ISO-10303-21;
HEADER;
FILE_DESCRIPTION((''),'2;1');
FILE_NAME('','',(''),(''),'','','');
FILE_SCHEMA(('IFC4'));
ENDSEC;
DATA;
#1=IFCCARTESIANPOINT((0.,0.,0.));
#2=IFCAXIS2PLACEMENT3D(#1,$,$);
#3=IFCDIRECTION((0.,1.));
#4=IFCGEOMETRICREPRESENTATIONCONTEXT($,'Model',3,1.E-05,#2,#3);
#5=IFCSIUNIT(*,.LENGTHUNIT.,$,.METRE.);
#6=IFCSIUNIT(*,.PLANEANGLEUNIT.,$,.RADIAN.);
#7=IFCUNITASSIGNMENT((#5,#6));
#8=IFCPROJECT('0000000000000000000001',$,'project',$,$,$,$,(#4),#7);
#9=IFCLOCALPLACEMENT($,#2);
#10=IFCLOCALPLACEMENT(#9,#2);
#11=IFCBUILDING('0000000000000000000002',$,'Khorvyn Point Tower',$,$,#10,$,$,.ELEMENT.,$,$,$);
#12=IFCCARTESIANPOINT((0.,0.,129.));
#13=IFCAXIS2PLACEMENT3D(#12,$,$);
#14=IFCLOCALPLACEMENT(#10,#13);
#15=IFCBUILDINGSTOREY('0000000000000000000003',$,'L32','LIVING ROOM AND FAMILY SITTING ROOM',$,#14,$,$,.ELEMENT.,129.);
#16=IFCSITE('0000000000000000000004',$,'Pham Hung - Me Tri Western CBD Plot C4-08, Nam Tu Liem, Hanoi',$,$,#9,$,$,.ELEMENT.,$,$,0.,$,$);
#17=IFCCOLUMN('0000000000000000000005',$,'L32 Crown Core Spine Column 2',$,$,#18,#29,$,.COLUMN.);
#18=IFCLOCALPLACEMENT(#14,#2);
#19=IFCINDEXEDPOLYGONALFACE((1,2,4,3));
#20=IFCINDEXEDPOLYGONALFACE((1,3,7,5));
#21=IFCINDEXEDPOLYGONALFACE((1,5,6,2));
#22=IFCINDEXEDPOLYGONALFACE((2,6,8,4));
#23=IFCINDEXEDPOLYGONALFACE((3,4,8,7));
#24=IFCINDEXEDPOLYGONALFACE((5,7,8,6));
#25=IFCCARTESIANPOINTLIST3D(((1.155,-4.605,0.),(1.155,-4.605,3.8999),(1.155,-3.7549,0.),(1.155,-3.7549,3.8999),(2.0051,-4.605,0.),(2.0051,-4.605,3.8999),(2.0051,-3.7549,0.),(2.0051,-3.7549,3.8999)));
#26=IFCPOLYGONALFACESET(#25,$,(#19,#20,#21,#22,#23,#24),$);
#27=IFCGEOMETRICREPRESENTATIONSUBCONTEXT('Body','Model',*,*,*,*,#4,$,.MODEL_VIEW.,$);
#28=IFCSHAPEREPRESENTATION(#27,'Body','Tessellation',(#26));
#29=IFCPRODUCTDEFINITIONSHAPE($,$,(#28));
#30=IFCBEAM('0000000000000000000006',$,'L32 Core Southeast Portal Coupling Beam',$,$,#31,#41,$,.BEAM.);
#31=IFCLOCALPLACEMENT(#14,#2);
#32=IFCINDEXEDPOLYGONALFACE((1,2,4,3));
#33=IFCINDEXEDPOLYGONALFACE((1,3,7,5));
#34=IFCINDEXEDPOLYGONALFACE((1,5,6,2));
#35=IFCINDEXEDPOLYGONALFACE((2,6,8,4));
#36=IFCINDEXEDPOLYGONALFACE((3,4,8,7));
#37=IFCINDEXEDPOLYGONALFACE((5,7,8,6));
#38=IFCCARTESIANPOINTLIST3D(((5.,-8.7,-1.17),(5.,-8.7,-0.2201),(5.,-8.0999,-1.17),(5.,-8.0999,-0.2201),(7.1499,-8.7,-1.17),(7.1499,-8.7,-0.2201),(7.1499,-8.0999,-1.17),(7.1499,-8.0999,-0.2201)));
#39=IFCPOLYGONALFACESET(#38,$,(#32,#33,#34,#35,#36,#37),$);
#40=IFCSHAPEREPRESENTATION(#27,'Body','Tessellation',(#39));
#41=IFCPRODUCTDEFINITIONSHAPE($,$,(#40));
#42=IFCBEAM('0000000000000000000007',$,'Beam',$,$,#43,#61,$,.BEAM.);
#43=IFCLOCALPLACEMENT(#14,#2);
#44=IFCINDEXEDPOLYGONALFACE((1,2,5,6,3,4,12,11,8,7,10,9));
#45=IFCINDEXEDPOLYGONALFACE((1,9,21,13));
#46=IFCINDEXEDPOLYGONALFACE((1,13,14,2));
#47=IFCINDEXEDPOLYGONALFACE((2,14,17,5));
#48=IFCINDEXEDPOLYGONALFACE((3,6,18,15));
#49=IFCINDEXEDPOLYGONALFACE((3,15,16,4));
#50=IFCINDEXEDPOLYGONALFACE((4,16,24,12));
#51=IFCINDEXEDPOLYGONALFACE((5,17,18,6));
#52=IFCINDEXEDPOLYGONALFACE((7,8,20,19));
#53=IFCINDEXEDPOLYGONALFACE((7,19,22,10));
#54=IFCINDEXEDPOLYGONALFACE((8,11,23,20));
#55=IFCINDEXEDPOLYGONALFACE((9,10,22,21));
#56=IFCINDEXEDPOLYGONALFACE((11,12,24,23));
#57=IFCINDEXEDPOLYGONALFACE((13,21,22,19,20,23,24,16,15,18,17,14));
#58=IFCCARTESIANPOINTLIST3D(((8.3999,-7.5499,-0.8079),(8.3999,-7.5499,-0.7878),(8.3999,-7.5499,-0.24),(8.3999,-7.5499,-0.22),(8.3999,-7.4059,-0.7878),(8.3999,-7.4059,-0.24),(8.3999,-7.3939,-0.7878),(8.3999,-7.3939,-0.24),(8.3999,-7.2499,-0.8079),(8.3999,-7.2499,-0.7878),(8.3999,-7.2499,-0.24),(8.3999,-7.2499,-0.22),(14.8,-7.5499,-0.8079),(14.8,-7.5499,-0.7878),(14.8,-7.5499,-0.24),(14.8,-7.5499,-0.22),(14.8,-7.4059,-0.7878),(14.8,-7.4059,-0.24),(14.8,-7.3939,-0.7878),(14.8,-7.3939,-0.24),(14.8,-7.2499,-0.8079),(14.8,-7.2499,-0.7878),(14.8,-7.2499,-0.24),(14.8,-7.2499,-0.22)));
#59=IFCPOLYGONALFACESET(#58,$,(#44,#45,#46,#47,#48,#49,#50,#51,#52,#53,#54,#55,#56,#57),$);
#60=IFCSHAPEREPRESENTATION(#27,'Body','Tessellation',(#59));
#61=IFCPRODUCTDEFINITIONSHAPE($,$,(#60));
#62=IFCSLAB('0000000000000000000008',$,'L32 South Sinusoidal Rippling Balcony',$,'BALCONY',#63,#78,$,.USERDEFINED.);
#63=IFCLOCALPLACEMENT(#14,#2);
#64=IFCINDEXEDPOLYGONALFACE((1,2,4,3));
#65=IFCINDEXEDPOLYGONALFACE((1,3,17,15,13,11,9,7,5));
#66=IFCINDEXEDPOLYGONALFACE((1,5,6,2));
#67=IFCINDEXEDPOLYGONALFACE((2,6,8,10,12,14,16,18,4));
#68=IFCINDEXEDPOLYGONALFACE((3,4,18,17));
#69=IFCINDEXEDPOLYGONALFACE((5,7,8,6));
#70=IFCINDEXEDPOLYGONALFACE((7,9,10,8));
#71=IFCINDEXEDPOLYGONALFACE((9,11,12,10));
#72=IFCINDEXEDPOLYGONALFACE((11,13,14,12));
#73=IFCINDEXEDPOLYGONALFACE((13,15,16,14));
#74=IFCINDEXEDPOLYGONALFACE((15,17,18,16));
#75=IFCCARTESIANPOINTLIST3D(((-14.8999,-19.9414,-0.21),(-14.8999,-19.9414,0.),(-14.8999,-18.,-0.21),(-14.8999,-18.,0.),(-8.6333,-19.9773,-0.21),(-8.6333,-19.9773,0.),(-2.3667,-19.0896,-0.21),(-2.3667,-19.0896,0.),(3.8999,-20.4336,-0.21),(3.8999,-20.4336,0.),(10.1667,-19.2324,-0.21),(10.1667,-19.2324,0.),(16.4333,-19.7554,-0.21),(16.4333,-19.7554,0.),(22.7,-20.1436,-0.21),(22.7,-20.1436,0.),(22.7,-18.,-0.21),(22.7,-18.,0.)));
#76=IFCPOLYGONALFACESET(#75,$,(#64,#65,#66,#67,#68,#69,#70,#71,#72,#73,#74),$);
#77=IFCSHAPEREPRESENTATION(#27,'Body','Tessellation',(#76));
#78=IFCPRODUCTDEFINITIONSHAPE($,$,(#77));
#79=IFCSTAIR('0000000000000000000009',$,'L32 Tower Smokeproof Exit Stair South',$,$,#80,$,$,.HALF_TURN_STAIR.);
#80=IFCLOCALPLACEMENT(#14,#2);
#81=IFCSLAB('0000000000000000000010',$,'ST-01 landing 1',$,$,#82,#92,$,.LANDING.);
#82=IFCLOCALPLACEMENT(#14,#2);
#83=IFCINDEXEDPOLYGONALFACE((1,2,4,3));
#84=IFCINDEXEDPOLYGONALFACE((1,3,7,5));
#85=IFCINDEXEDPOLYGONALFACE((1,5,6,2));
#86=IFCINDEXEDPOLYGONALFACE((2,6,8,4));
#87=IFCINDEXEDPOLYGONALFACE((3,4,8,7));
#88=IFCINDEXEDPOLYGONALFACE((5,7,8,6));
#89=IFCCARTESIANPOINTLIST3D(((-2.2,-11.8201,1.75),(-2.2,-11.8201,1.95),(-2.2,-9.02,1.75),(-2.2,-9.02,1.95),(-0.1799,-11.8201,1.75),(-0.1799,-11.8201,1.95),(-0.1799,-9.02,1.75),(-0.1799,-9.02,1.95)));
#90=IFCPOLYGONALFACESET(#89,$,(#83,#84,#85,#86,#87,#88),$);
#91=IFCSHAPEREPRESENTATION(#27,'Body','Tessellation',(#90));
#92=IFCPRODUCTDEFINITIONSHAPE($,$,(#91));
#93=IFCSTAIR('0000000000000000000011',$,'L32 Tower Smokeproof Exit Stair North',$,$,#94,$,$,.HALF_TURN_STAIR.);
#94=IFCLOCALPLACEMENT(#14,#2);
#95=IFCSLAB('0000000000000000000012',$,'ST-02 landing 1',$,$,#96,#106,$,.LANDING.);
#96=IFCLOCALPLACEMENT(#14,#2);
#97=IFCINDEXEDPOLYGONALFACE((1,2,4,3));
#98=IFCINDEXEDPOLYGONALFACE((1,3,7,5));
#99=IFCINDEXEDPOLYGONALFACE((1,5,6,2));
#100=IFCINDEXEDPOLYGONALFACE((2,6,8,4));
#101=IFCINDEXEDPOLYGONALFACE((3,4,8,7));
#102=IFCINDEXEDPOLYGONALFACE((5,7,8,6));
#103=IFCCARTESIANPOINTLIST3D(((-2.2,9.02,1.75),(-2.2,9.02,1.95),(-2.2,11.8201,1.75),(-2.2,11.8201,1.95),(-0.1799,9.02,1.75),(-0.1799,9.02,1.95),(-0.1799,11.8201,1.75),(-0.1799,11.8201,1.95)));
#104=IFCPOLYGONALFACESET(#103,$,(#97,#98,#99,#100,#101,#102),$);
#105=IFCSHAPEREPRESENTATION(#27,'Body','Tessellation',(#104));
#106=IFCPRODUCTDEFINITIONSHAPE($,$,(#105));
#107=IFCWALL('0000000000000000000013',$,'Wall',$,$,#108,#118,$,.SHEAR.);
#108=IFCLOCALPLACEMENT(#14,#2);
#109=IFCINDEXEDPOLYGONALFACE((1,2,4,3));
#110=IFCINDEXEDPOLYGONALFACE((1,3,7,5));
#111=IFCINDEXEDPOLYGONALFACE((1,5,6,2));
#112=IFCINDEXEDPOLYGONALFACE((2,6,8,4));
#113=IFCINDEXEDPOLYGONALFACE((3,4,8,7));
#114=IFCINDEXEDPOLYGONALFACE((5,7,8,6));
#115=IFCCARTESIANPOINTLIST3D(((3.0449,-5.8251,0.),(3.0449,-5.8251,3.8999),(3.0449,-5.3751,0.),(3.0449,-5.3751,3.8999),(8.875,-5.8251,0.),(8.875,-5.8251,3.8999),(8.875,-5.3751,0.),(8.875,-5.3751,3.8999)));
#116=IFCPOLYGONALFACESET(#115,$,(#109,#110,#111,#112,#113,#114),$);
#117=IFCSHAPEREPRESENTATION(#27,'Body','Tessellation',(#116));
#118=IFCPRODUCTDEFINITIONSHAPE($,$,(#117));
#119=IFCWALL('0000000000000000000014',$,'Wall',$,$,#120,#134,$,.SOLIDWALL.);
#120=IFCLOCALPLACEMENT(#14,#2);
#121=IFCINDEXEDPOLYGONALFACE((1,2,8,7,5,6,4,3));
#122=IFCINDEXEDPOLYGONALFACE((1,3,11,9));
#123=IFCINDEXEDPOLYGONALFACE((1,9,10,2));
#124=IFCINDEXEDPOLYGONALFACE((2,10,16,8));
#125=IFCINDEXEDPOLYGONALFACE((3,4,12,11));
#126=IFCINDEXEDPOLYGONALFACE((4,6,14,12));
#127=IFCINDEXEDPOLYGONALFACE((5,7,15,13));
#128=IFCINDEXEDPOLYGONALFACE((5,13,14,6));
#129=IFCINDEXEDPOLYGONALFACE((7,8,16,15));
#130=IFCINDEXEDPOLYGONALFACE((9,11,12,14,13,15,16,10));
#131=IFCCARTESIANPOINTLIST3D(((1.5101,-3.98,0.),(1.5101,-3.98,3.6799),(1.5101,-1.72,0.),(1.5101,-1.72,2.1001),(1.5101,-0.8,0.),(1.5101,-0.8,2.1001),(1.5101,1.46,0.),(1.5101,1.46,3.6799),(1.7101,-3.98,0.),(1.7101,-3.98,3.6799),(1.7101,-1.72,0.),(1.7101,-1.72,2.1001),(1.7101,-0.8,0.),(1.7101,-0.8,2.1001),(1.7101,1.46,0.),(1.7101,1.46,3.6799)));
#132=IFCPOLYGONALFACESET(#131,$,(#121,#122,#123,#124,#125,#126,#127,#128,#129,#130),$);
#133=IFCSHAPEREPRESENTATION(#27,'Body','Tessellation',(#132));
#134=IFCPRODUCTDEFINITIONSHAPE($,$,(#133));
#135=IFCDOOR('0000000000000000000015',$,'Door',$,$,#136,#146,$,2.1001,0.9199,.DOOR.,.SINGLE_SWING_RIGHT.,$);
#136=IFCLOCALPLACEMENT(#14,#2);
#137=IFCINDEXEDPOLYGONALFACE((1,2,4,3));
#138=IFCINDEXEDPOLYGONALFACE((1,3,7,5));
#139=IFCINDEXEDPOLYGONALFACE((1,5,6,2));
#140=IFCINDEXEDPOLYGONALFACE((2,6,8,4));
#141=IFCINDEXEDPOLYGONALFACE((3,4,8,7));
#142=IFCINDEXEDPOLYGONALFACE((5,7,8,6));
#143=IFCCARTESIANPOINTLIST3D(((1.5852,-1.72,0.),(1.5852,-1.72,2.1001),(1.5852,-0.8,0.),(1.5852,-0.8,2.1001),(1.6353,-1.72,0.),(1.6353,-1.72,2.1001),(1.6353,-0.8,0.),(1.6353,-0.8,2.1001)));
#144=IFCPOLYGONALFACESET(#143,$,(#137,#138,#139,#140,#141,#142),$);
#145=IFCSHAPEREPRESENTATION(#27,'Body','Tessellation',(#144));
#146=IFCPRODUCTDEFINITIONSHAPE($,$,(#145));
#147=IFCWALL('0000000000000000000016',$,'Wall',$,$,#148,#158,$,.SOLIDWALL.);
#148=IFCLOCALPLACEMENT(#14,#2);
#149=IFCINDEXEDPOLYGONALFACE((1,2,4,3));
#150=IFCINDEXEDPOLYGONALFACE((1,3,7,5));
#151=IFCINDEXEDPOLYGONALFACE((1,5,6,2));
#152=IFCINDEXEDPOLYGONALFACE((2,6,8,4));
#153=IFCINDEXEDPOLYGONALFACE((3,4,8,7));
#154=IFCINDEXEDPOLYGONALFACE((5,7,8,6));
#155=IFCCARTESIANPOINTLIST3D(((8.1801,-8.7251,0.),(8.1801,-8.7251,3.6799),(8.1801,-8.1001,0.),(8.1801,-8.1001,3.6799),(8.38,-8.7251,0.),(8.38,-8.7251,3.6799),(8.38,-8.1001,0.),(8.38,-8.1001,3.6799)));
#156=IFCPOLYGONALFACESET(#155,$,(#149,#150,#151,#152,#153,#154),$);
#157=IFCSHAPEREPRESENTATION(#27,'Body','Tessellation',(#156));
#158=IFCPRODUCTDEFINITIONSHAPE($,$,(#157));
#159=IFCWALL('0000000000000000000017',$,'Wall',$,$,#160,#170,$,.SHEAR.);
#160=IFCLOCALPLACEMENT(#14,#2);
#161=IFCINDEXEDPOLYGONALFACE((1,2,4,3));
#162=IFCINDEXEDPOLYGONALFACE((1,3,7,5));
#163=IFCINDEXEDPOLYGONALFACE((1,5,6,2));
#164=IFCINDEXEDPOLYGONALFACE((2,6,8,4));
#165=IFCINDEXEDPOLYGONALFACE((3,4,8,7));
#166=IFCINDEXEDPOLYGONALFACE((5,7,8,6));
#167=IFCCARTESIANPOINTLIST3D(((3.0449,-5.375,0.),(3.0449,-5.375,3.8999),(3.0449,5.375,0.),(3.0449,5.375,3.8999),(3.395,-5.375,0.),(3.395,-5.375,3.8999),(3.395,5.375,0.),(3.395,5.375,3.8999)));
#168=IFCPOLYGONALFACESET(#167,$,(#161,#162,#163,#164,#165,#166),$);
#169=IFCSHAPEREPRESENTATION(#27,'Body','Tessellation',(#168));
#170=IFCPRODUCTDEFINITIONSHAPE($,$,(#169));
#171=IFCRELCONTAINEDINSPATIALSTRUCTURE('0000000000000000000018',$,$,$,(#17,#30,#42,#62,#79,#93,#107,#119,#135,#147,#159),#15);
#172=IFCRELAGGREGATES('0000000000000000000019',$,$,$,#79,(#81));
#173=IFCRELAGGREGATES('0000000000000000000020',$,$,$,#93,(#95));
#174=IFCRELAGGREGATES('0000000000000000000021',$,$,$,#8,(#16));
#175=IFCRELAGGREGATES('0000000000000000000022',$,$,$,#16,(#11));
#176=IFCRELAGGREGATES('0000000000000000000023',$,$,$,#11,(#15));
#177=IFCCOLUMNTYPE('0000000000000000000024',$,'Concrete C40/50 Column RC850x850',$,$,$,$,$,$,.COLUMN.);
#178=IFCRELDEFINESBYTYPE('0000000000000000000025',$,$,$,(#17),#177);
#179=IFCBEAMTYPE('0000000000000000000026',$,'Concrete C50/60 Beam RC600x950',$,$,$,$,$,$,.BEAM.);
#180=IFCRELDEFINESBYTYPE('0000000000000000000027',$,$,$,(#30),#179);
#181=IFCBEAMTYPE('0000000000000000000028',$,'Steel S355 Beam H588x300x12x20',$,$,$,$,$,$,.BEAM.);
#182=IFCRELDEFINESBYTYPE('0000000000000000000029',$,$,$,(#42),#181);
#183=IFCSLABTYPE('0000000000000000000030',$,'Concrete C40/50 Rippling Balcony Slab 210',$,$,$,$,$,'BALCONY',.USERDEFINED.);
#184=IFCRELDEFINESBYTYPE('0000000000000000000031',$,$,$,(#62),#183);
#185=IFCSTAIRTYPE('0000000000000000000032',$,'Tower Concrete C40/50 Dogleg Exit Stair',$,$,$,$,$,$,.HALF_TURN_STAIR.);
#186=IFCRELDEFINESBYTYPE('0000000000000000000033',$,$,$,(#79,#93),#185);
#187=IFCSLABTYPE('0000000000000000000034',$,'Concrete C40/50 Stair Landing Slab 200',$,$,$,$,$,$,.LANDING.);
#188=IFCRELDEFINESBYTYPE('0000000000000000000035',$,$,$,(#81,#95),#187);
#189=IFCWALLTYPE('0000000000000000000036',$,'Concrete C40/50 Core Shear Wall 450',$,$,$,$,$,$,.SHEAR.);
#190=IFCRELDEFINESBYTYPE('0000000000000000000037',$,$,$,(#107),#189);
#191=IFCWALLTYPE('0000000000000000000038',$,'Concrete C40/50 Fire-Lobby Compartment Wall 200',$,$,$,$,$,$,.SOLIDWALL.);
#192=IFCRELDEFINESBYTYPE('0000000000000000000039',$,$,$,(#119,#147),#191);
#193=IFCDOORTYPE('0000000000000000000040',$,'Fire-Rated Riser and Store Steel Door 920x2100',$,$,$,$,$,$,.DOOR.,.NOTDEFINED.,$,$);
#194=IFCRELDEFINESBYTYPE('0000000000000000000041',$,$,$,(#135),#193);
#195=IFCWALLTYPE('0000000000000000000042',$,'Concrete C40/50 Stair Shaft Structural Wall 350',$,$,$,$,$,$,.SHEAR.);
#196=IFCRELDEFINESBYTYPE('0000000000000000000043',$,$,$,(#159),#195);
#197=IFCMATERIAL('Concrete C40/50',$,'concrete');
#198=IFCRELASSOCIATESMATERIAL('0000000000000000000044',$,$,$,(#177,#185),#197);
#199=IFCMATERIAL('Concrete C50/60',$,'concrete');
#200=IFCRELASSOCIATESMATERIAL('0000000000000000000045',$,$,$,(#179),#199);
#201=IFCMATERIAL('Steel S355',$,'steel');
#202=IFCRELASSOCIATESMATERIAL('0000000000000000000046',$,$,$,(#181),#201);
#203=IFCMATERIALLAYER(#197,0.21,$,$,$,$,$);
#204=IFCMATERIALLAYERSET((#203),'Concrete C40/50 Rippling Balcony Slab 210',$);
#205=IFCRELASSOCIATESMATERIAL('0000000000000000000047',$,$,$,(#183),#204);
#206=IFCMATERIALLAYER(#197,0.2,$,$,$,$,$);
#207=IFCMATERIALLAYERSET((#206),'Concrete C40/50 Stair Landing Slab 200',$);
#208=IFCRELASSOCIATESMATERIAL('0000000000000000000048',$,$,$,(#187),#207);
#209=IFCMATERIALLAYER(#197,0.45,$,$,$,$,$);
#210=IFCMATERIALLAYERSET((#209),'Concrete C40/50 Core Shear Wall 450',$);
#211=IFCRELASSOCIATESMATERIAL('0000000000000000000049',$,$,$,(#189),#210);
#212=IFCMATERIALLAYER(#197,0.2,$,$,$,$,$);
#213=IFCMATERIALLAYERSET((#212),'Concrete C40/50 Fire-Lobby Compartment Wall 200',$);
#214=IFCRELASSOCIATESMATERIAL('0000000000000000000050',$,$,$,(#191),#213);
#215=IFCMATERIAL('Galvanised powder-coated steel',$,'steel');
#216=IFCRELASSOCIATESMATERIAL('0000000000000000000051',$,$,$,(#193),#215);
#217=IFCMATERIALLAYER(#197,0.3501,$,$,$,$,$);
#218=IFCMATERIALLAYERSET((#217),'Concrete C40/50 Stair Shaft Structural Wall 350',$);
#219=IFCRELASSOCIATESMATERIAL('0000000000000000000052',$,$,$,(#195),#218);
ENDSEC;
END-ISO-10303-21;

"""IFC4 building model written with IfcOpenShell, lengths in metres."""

from ifc_helpers import new_model, si_unit, direction, frame, frame_2d, origin, origin_2d, place, context, subcontext, project, spatial, polyline, rectangle, i_section, outline, extrude, material, layer, layer_set, material_profile, profile_set, type_object, element, fill, aggregate, save


model = new_model("IFC4")

# Units and contexts
model_context = context("Model", 3, precision=1e-05, world=origin(), true_north=direction((0.0, 1.0)))
body_context = subcontext(model_context, "Body", "Model", "MODEL_VIEW")
ifc_project = project(units=[si_unit("LENGTHUNIT", "METRE"), si_unit("PLANEANGLEUNIT", "RADIAN")], contexts=[model_context])

# Site, building, storey
site_placement = place(None, origin())
site = spatial("IfcSite", under=ifc_project, at=site_placement, Name="Pham Hung - Me Tri Western CBD Plot C4-08, Nam Tu Liem, Hanoi", CompositionType="ELEMENT", RefElevation=0.0)
building_placement = place(site_placement, origin())
building = spatial("IfcBuilding", under=site, at=building_placement, Name="Khorvyn Point Tower", CompositionType="ELEMENT")
storey_placement = place(building_placement, frame((0.0, 0.0, 129.0)))
storey = spatial("IfcBuildingStorey", under=building, at=storey_placement, Name="L32", Description="LIVING ROOM AND FAMILY SITTING ROOM", CompositionType="ELEMENT", Elevation=129.0)

# Column
ifc_material_1 = material(Name="Concrete C40/50", Category="concrete")
ifc_material_profile_1 = material_profile(ifc_material_1, rectangle(XDim=0.8501, YDim=0.8501, at=origin_2d()))
ifc_profile_set_1 = profile_set([ifc_material_profile_1], Name="Concrete C40/50 RC850x850")
column_type = type_object("IfcColumnType", Name="Concrete C40/50 Column RC850x850", PredefinedType="COLUMN", material=ifc_profile_set_1)
column_placement = place(storey_placement, frame((1.5801, -4.1799, 0.0), z_axis=(0.0, 0.0, 1.0), x_axis=(1.0, 0.0, 0.0)))
element("IfcColumn", 1, at=column_placement, inside=storey, type_object=column_type, Name="L32 Crown Core Spine Column 2", PredefinedType="COLUMN", context=body_context, shape_type="SweptSolid", body=[
    extrude(rectangle(XDim=0.8501, YDim=0.8501, at=origin_2d()), origin(), (0.0, 0.0, 1.0), 3.8999),
])

# Beams
ifc_material_2 = material(Name="Concrete C50/60", Category="concrete")
ifc_material_profile_2 = material_profile(ifc_material_2, rectangle(XDim=0.6001, YDim=0.95, at=origin_2d()))
ifc_profile_set_2 = profile_set([ifc_material_profile_2], Name="Concrete C50/60 RC600x950")
beam_type_1 = type_object("IfcBeamType", Name="Concrete C50/60 Beam RC600x950", PredefinedType="BEAM", material=ifc_profile_set_2)
beam_1_placement = place(storey_placement, frame((5.0, -8.3999, -0.6951), z_axis=(1.0, 0.0, 0.0), x_axis=(0.0, 1.0, 0.0)))
element("IfcBeam", 2, at=beam_1_placement, inside=storey, type_object=beam_type_1, Name="L32 Core Southeast Portal Coupling Beam", PredefinedType="BEAM", context=body_context, shape_type="SweptSolid", body=[
    extrude(rectangle(XDim=0.6001, YDim=0.95, at=origin_2d()), origin(), (0.0, 0.0, 1.0), 2.1499),
])
ifc_material_3 = material(Name="Steel S355", Category="steel")
ifc_material_profile_3 = material_profile(ifc_material_3, i_section(OverallWidth=0.3, OverallDepth=0.5879, WebThickness=0.012, FlangeThickness=0.02, at=origin_2d()))
ifc_profile_set_3 = profile_set([ifc_material_profile_3], Name="Steel S355 H588x300x12x20")
beam_type_2 = type_object("IfcBeamType", Name="Steel S355 Beam H588x300x12x20", PredefinedType="BEAM", material=ifc_profile_set_3)
beam_2_placement = place(storey_placement, frame((8.3999, -7.3999, -0.5139), z_axis=(1.0, 0.0, 0.0), x_axis=(0.0, 1.0, 0.0)))
element("IfcBeam", 3, at=beam_2_placement, inside=storey, type_object=beam_type_2, Name="Beam", PredefinedType="BEAM", context=body_context, shape_type="SweptSolid", body=[
    extrude(i_section(OverallWidth=0.3, OverallDepth=0.5879, WebThickness=0.012, FlangeThickness=0.02, at=origin_2d()), origin(), (0.0, 0.0, 1.0), 6.4001),
])

# Slab
ifc_layer_1 = layer(ifc_material_1, 0.21)
ifc_layer_set_1 = layer_set([ifc_layer_1], Name="Concrete C40/50 Rippling Balcony Slab 210")
slab_type_1 = type_object("IfcSlabType", Name="Concrete C40/50 Rippling Balcony Slab 210", ElementType="BALCONY", PredefinedType="USERDEFINED", material=ifc_layer_set_1)
slab_1_placement = place(storey_placement, frame((0.0, 0.0, -0.21)))
element("IfcSlab", 4, at=slab_1_placement, inside=storey, type_object=slab_type_1, Name="L32 South Sinusoidal Rippling Balcony", ObjectType="BALCONY", PredefinedType="USERDEFINED", context=body_context, shape_type="SweptSolid", body=[
    extrude(outline(polyline([(-14.8999, -18.0), (-14.8999, -19.9414), (-8.6333, -19.9773), (-2.3667, -19.0896), (3.8999, -20.4336), (10.1667, -19.2324), (16.4333, -19.7554), (22.7, -20.1436), (22.7, -18.0), (-14.8999, -18.0)])), origin(), (0.0, 0.0, 1.0), 0.21),
])

# Stairs, slabs
stair_type = type_object("IfcStairType", Name="Tower Concrete C40/50 Dogleg Exit Stair", PredefinedType="HALF_TURN_STAIR", material=ifc_material_1)
stair_1_placement = place(storey_placement, origin())
stair_1 = element("IfcStair", 5, at=stair_1_placement, inside=storey, type_object=stair_type, Name="L32 Tower Smokeproof Exit Stair South", PredefinedType="HALF_TURN_STAIR")
ifc_layer_2 = layer(ifc_material_1, 0.2)
ifc_layer_set_2 = layer_set([ifc_layer_2], Name="Concrete C40/50 Stair Landing Slab 200")
slab_type_2 = type_object("IfcSlabType", Name="Concrete C40/50 Stair Landing Slab 200", PredefinedType="LANDING", material=ifc_layer_set_2)
slab_2_placement = place(storey_placement, frame((0.0, 0.0, 1.75)))
slab_2 = element("IfcSlab", 6, at=slab_2_placement, type_object=slab_type_2, Name="ST-01 landing 1", PredefinedType="LANDING", context=body_context, shape_type="SweptSolid", body=[
    extrude(outline(polyline([(-0.1799, -9.02), (-2.2, -9.02), (-2.2, -11.8201), (-0.1799, -11.8201), (-0.1799, -9.02)])), origin(), (0.0, 0.0, 1.0), 0.2),
])
aggregate(stair_1, [slab_2])
stair_2_placement = place(storey_placement, origin())
stair_2 = element("IfcStair", 7, at=stair_2_placement, inside=storey, type_object=stair_type, Name="L32 Tower Smokeproof Exit Stair North", PredefinedType="HALF_TURN_STAIR")
slab_3_placement = place(storey_placement, frame((0.0, 0.0, 1.75)))
slab_3 = element("IfcSlab", 8, at=slab_3_placement, type_object=slab_type_2, Name="ST-02 landing 1", PredefinedType="LANDING", context=body_context, shape_type="SweptSolid", body=[
    extrude(outline(polyline([(-0.1799, 11.8201), (-2.2, 11.8201), (-2.2, 9.02), (-0.1799, 9.02), (-0.1799, 11.8201)])), origin(), (0.0, 0.0, 1.0), 0.2),
])
aggregate(stair_2, [slab_3])

# Wall
ifc_layer_3 = layer(ifc_material_1, 0.45)
ifc_layer_set_3 = layer_set([ifc_layer_3], Name="Concrete C40/50 Core Shear Wall 450")
wall_type_1 = type_object("IfcWallType", Name="Concrete C40/50 Core Shear Wall 450", PredefinedType="SHEAR", material=ifc_layer_set_3)
wall_1_placement = place(storey_placement, frame((3.0449, -5.6001, 0.0), z_axis=(0.0, 0.0, 1.0), x_axis=(1.0, 0.0, 0.0)))
element("IfcWall", 9, at=wall_1_placement, inside=storey, type_object=wall_type_1, Name="Wall", PredefinedType="SHEAR", context=body_context, shape_type="SweptSolid", body=[
    extrude(rectangle(XDim=5.8301, YDim=0.45, at=frame_2d((2.915, 0.0))), origin(), (0.0, 0.0, 1.0), 3.8999),
])

# Wall, opening, door
ifc_layer_4 = layer(ifc_material_1, 0.2)
ifc_layer_set_4 = layer_set([ifc_layer_4], Name="Concrete C40/50 Fire-Lobby Compartment Wall 200")
wall_type_2 = type_object("IfcWallType", Name="Concrete C40/50 Fire-Lobby Compartment Wall 200", PredefinedType="SOLIDWALL", material=ifc_layer_set_4)
ifc_material_4 = material(Name="Galvanised powder-coated steel", Category="steel")
wall_2_placement = place(storey_placement, frame((1.6101, -3.98, 0.0), z_axis=(0.0, 0.0, 1.0), x_axis=(0.0, 1.0, 0.0)))
wall_2 = element("IfcWall", 10, at=wall_2_placement, inside=storey, type_object=wall_type_2, Name="Wall", PredefinedType="SOLIDWALL", context=body_context, shape_type="SweptSolid", body=[
    extrude(rectangle(XDim=5.4399, YDim=0.2, at=frame_2d((2.72, 0.0))), origin(), (0.0, 0.0, 1.0), 3.6799),
])
opening_1_placement = place(wall_2_placement, frame((2.26, 0.0, 0.0)))
opening_1 = element("IfcOpeningElement", 11, at=opening_1_placement, cuts=wall_2, PredefinedType="OPENING", context=body_context, shape_type="SweptSolid", body=[
    extrude(rectangle(XDim=0.9199, YDim=2.1001, at=frame_2d((0.46, 1.05))), frame((0.0, 0.1099, 0.0), z_axis=(0.0, -1.0, 0.0), x_axis=(1.0, 0.0, 0.0)), (0.0, 0.0, 1.0), 0.22),
])
door_type_1 = type_object("IfcDoorType", Name="Fire-Rated Riser and Store Steel Door 920x2100", OperationType="NOTDEFINED", PredefinedType="DOOR", material=ifc_material_4)
door_1_placement = place(opening_1_placement, origin())
door_1 = element("IfcDoor", 12, at=door_1_placement, inside=storey, type_object=door_type_1, Name="Door", OperationType="SINGLE_SWING_RIGHT", OverallHeight=2.1001, OverallWidth=0.9199, PredefinedType="DOOR", context=body_context, shape_type="SweptSolid", body=[
    extrude(rectangle(XDim=0.9199, YDim=2.1001, at=frame_2d((0.46, 1.05))), frame((0.0, 0.0249, 0.0), z_axis=(0.0, -1.0, 0.0), x_axis=(1.0, 0.0, 0.0)), (0.0, 0.0, 1.0), 0.05),
])
fill(opening_1, door_1)

# Walls
wall_3_placement = place(storey_placement, frame((8.28, -8.7251, 0.0), z_axis=(0.0, 0.0, 1.0), x_axis=(0.0, 1.0, 0.0)))
element("IfcWall", 13, at=wall_3_placement, inside=storey, type_object=wall_type_2, Name="Wall", PredefinedType="SOLIDWALL", context=body_context, shape_type="SweptSolid", body=[
    extrude(rectangle(XDim=0.625, YDim=0.2, at=frame_2d((0.3125, 0.0))), origin(), (0.0, 0.0, 1.0), 3.6799),
])
ifc_layer_5 = layer(ifc_material_1, 0.3501)
ifc_layer_set_5 = layer_set([ifc_layer_5], Name="Concrete C40/50 Stair Shaft Structural Wall 350")
wall_type_3 = type_object("IfcWallType", Name="Concrete C40/50 Stair Shaft Structural Wall 350", PredefinedType="SHEAR", material=ifc_layer_set_5)
wall_4_placement = place(storey_placement, frame((3.22, -5.375, 0.0), z_axis=(0.0, 0.0, 1.0), x_axis=(0.0, 1.0, 0.0)))
element("IfcWall", 14, at=wall_4_placement, inside=storey, type_object=wall_type_3, Name="Wall", PredefinedType="SHEAR", context=body_context, shape_type="SweptSolid", body=[
    extrude(rectangle(XDim=10.75, YDim=0.3501, at=frame_2d((5.375, 0.0))), origin(), (0.0, 0.0, 1.0), 3.8999),
])

save(model, "model.ifc")
